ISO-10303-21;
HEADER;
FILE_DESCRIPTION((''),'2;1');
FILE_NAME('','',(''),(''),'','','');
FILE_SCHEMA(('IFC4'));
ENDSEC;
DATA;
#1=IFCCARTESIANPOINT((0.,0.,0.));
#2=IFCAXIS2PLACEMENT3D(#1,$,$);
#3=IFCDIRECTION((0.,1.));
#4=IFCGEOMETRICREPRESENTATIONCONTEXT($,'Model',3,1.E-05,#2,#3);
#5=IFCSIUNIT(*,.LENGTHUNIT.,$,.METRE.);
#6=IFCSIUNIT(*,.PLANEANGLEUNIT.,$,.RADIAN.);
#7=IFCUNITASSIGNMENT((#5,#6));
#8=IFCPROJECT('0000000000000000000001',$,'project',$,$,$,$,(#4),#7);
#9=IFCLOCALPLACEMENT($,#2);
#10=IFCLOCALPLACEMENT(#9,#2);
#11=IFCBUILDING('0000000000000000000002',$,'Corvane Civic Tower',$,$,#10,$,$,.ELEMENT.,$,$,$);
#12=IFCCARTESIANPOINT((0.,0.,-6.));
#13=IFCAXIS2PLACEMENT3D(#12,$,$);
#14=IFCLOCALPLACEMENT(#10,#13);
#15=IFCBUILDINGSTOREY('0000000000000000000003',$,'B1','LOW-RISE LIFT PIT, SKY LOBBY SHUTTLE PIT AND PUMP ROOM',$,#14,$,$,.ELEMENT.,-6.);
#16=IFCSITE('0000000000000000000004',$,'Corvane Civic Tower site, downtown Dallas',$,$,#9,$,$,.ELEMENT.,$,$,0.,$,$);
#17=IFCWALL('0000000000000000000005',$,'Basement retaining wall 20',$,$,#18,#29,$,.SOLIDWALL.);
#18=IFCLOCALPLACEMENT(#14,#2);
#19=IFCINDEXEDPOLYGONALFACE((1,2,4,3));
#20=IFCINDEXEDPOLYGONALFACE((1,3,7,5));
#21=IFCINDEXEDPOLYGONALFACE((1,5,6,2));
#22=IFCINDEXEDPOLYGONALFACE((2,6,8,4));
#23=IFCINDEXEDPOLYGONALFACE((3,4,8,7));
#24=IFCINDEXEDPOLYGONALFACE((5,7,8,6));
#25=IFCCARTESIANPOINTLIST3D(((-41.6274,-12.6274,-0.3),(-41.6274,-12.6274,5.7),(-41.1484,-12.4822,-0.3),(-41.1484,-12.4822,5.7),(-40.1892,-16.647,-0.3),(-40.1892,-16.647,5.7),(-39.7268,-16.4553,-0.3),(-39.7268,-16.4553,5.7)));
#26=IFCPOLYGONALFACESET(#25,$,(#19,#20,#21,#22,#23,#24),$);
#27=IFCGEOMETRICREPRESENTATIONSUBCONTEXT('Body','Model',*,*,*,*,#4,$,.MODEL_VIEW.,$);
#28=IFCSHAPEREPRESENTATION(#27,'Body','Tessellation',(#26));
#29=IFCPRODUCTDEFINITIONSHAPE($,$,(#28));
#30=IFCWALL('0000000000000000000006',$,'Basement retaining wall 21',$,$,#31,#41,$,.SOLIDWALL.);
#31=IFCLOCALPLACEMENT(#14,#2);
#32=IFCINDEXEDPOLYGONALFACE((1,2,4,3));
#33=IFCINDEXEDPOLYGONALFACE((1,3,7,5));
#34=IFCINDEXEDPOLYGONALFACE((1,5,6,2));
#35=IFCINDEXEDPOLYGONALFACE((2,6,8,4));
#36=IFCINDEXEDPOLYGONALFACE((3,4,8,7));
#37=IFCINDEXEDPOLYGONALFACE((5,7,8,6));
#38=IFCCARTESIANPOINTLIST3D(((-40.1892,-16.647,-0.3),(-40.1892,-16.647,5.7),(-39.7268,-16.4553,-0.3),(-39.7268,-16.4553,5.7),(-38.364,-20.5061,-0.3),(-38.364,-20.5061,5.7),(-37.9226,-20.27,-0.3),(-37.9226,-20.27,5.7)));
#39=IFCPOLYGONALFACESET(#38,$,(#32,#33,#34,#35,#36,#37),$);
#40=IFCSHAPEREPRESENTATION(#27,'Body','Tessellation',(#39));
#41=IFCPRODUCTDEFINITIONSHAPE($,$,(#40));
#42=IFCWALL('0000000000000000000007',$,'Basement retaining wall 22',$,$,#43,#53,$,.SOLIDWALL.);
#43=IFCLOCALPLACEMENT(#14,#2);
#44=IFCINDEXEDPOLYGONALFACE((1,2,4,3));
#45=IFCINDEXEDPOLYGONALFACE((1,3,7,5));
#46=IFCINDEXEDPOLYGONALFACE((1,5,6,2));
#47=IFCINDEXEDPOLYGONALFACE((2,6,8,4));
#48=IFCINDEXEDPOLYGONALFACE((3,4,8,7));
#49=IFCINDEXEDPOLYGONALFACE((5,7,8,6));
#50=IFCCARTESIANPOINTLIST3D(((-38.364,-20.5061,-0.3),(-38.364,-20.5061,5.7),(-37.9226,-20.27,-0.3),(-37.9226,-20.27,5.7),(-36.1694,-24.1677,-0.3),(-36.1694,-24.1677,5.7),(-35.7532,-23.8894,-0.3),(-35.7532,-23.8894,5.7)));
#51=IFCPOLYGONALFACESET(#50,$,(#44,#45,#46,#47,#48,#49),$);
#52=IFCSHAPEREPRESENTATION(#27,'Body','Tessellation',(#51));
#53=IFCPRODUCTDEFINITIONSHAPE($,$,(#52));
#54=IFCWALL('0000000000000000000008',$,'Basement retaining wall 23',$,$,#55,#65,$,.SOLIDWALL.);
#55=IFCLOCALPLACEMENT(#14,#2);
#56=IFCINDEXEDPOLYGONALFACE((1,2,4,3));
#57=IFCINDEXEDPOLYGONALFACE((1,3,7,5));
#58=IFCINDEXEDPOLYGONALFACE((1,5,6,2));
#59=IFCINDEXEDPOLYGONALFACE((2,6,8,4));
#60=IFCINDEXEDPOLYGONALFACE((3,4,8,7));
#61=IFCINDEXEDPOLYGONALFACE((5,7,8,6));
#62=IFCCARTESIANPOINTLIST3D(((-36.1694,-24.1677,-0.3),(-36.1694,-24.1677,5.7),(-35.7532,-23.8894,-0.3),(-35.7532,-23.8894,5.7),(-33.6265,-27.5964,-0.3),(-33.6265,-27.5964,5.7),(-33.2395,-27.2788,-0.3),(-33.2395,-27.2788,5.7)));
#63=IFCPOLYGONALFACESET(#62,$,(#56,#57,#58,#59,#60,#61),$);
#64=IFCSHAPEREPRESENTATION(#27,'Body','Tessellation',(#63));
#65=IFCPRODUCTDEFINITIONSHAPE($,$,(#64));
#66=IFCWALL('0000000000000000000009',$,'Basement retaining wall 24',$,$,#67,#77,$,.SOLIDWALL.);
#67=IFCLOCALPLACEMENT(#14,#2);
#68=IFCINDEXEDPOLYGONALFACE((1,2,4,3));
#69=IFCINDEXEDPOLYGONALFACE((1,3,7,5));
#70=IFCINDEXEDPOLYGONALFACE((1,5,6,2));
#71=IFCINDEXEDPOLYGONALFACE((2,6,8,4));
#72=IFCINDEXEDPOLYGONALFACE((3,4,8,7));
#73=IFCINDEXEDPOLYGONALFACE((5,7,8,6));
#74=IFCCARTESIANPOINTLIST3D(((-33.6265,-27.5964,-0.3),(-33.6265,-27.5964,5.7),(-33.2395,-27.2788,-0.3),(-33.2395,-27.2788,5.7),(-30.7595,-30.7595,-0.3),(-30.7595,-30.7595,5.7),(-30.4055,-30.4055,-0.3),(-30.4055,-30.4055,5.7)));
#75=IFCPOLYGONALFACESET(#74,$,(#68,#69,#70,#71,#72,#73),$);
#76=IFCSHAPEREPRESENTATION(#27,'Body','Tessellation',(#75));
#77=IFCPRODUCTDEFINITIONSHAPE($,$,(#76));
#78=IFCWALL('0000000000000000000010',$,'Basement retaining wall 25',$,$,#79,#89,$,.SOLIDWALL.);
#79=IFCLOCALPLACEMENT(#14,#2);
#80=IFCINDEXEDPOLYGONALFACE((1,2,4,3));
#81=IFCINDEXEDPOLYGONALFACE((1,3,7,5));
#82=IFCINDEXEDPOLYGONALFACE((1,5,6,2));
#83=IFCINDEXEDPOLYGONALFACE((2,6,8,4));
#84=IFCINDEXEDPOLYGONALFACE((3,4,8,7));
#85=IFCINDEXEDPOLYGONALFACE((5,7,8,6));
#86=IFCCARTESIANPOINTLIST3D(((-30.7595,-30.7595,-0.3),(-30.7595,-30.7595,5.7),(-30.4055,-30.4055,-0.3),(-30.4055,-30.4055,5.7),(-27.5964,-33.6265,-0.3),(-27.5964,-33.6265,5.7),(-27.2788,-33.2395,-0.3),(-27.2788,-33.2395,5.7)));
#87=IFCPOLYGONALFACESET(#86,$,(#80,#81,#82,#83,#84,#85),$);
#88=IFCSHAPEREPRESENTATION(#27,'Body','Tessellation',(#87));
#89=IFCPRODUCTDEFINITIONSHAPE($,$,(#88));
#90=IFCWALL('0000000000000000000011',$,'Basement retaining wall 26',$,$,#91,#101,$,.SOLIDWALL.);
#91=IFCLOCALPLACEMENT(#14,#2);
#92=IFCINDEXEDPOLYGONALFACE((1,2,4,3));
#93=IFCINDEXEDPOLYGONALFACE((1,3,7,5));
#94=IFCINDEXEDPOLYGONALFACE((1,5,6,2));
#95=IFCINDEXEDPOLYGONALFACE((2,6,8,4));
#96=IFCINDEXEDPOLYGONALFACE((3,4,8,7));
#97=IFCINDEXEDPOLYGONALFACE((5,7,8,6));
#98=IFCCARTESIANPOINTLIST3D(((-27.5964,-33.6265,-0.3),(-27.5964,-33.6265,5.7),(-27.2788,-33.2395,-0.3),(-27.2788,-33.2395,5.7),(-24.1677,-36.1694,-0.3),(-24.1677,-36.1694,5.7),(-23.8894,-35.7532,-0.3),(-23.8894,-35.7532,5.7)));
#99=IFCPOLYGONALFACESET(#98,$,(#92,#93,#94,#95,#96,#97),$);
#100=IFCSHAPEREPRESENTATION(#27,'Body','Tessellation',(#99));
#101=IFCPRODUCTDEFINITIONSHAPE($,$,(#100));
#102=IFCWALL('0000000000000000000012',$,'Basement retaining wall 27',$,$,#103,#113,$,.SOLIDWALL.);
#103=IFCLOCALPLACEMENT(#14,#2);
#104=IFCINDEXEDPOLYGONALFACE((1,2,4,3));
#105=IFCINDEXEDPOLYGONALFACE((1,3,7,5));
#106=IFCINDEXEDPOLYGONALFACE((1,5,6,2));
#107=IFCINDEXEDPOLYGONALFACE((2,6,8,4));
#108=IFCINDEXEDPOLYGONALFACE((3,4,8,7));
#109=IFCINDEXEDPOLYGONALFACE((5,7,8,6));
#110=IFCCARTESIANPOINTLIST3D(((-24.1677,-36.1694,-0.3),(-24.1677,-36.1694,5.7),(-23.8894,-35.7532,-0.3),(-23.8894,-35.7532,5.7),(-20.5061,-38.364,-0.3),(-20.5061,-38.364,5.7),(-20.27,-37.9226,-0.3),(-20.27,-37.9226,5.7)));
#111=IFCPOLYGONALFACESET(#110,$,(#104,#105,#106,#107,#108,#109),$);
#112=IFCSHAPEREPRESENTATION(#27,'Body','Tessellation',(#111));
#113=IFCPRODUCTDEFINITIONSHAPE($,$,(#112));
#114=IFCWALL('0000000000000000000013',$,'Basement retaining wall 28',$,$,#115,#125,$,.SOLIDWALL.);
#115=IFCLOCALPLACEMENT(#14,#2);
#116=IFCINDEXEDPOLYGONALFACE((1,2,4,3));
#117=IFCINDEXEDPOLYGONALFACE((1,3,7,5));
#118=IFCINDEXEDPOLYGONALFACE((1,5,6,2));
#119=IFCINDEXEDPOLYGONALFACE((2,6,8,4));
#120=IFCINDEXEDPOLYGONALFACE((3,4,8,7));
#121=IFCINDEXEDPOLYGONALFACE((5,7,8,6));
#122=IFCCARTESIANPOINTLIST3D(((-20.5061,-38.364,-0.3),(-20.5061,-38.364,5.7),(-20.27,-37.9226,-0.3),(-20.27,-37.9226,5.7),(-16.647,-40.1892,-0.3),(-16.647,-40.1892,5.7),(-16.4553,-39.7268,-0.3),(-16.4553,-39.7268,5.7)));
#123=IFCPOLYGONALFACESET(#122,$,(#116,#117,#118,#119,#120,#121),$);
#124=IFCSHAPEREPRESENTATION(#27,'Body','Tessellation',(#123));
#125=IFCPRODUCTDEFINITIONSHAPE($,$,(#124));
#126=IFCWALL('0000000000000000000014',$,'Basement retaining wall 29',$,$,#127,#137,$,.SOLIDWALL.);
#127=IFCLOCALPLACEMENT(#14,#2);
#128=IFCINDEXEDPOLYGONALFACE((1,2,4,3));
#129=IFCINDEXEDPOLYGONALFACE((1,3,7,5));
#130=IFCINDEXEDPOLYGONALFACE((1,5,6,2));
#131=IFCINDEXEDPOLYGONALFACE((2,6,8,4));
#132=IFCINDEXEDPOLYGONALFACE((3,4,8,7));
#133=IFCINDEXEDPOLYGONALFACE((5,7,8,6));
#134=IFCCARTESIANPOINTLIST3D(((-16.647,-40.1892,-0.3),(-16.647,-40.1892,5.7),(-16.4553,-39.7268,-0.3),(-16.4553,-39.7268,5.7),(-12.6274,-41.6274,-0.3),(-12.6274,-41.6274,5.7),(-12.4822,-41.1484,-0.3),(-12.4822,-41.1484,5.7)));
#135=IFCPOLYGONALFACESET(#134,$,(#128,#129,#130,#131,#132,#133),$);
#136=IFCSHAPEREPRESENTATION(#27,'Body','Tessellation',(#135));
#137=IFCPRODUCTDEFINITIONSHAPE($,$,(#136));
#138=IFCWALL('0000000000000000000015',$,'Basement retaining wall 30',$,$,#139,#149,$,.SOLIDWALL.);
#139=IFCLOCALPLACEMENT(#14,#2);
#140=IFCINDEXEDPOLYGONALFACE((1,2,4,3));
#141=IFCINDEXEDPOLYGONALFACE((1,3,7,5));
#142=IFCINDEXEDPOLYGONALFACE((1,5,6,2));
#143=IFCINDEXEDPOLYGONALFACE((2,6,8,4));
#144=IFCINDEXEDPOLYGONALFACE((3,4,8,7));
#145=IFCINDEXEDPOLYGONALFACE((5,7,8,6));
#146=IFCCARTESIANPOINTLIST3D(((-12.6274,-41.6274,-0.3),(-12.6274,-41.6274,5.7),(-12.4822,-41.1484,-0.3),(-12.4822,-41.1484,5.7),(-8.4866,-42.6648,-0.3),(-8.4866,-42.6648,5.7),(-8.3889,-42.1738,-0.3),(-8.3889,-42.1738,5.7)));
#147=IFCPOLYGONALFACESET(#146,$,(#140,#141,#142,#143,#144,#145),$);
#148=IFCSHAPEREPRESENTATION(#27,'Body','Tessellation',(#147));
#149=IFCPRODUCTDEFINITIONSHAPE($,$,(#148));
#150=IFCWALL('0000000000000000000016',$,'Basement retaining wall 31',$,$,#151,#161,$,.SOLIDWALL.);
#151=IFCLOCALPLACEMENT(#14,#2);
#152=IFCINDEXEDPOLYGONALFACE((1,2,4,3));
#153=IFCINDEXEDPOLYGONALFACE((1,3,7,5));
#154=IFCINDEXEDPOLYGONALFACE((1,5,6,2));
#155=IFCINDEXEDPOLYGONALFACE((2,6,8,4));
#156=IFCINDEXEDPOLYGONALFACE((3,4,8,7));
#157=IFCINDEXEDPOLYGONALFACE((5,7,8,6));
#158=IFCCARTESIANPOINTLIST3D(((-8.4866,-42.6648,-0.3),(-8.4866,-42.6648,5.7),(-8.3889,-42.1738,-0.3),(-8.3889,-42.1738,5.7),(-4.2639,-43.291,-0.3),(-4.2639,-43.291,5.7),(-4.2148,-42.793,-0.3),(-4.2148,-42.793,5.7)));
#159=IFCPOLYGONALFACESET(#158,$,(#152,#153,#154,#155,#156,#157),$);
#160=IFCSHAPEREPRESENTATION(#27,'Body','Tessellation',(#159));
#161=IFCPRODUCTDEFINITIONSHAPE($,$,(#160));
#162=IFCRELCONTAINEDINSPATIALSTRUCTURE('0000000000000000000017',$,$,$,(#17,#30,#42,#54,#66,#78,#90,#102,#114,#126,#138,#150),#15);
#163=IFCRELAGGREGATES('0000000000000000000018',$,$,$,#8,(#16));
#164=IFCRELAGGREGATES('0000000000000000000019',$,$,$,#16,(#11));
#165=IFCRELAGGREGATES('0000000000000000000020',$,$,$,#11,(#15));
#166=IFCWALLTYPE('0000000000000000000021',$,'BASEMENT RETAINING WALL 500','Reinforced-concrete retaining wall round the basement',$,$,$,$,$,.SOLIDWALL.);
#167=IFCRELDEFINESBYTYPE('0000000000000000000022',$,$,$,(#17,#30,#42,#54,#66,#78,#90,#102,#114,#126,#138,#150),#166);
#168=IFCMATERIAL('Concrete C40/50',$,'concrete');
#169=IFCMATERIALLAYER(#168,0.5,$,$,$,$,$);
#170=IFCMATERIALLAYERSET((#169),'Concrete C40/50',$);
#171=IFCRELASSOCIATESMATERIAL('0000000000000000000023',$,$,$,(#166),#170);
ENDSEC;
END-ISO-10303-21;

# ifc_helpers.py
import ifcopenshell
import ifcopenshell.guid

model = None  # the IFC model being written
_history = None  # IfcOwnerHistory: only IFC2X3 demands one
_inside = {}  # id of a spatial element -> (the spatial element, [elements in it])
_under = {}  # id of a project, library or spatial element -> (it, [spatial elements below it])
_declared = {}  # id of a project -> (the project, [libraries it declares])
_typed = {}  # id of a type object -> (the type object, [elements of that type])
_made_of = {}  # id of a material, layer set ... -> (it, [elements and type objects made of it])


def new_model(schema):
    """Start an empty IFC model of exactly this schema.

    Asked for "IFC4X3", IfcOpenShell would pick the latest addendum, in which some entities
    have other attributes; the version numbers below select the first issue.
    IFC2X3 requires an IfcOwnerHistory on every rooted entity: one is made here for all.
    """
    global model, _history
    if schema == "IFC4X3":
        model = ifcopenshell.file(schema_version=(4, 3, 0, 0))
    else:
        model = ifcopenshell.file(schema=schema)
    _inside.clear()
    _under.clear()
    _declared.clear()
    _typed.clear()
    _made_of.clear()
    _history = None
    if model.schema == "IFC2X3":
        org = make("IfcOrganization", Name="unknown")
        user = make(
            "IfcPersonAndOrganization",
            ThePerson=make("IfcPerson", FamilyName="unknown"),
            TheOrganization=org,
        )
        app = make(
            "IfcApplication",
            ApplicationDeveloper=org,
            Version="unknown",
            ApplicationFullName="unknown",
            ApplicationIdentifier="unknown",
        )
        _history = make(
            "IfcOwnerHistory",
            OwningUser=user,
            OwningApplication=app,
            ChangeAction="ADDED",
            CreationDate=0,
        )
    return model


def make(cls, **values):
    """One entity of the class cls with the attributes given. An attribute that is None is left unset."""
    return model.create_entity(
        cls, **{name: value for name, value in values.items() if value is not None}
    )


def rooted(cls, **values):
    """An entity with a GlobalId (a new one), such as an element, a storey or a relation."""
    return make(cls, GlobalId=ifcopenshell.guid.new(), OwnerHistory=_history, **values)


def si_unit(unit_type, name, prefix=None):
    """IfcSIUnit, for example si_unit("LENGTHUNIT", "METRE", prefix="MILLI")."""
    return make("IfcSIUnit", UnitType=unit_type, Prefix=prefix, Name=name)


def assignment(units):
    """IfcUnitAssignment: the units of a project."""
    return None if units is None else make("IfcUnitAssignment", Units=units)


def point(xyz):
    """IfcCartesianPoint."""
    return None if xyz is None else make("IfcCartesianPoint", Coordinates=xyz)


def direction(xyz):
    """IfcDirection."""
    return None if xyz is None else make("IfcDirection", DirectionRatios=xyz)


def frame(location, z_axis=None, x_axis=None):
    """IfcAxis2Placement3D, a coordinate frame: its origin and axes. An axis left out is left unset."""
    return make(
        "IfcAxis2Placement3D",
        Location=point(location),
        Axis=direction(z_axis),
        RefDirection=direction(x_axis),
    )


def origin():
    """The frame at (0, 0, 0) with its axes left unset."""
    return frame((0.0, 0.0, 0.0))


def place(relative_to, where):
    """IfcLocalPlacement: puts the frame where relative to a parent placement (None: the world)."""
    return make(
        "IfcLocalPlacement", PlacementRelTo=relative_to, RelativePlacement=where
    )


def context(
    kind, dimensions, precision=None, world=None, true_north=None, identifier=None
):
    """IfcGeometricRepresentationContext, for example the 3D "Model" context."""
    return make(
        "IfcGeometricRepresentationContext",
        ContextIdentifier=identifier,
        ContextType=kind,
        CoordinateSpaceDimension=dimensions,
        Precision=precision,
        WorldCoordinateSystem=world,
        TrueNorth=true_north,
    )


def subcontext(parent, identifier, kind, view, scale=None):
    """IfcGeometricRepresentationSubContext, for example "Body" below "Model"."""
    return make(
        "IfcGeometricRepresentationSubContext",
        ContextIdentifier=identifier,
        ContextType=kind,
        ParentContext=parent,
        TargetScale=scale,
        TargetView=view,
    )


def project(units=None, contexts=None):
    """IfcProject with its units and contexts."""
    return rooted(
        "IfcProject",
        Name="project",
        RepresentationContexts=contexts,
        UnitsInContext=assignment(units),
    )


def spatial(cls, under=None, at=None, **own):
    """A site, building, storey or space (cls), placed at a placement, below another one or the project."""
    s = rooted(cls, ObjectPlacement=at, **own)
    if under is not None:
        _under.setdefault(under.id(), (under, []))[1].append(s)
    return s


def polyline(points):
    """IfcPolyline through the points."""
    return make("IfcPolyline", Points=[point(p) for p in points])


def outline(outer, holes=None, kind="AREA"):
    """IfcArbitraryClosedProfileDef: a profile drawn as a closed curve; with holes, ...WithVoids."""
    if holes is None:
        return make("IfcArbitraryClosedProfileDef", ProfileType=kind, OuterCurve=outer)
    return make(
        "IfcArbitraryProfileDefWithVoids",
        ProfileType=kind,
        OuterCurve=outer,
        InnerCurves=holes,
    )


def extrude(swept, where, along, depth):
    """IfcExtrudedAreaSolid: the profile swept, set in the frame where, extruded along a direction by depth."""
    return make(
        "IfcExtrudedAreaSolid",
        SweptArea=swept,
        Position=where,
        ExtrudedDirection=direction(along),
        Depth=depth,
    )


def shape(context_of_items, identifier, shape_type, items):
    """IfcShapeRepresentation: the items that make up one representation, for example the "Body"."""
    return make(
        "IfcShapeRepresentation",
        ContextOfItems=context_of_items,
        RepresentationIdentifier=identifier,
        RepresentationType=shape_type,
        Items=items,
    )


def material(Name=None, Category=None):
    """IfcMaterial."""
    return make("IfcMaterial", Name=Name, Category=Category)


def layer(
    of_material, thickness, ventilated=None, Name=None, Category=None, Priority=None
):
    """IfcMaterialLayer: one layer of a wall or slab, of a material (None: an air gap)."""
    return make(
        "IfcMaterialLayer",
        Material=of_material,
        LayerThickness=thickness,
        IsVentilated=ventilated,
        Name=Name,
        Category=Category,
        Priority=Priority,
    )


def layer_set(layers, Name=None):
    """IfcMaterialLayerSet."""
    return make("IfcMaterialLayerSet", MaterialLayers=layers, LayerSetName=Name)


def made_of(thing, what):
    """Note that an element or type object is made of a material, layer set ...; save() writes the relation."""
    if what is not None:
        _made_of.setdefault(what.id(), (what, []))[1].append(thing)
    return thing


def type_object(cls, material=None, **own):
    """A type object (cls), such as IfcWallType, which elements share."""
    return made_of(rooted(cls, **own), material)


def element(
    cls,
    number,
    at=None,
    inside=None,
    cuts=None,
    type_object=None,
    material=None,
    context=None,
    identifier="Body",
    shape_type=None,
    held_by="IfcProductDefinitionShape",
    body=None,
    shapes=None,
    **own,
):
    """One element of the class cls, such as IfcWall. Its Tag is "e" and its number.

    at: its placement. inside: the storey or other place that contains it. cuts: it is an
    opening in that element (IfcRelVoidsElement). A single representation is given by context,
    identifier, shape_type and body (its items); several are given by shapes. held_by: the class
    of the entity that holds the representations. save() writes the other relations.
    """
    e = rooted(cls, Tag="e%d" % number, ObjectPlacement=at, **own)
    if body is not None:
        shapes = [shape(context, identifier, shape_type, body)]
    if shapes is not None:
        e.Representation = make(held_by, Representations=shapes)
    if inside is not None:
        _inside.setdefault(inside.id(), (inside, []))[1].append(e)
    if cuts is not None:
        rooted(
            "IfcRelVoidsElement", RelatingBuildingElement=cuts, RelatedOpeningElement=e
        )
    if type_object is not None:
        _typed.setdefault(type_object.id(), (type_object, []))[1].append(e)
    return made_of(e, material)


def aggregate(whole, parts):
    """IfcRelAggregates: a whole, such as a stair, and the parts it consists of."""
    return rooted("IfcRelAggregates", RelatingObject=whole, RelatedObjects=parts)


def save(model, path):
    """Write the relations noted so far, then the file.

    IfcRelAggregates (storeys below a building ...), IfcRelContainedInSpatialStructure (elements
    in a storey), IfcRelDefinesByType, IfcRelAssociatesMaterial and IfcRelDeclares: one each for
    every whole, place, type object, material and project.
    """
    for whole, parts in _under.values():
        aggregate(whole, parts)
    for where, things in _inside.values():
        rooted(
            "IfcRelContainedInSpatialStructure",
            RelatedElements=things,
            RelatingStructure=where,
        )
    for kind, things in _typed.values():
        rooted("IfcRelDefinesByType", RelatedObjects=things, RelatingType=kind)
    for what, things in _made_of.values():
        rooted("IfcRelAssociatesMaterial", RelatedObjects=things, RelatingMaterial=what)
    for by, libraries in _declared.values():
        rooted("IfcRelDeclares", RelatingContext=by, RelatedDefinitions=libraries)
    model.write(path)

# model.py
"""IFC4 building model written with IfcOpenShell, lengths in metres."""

from ifc_helpers import new_model, si_unit, direction, frame, origin, place, context, subcontext, project, spatial, polyline, outline, extrude, material, layer, layer_set, type_object, element, save


model = new_model("IFC4")

# Units and contexts
model_context = context("Model", 3, precision=1e-05, world=origin(), true_north=direction((0.0, 1.0)))
body_context = subcontext(model_context, "Body", "Model", "MODEL_VIEW")
ifc_project = project(units=[si_unit("LENGTHUNIT", "METRE"), si_unit("PLANEANGLEUNIT", "RADIAN")], contexts=[model_context])

# Site, building, storey
site_placement = place(None, origin())
site = spatial("IfcSite", under=ifc_project, at=site_placement, Name="Corvane Civic Tower site, downtown Dallas", CompositionType="ELEMENT", RefElevation=0.0)
building_placement = place(site_placement, origin())
building = spatial("IfcBuilding", under=site, at=building_placement, Name="Corvane Civic Tower", CompositionType="ELEMENT")
storey_placement = place(building_placement, frame((0.0, 0.0, -6.0)))
storey = spatial("IfcBuildingStorey", under=building, at=storey_placement, Name="B1", Description="LOW-RISE LIFT PIT, SKY LOBBY SHUTTLE PIT AND PUMP ROOM", CompositionType="ELEMENT", Elevation=-6.0)

# Walls
ifc_material_1 = material(Name="Concrete C40/50", Category="concrete")
ifc_layer = layer(ifc_material_1, 0.5)
ifc_layer_set = layer_set([ifc_layer], Name="Concrete C40/50")
wall_type = type_object("IfcWallType", Name="BASEMENT RETAINING WALL 500", Description="Reinforced-concrete retaining wall round the basement", PredefinedType="SOLIDWALL", material=ifc_layer_set)
wall_1_placement = place(storey_placement, frame((0.0, 0.0, -0.3)))
element("IfcWall", 1, at=wall_1_placement, inside=storey, type_object=wall_type, Name="Basement retaining wall 20", PredefinedType="SOLIDWALL", context=body_context, shape_type="SweptSolid", body=[
    extrude(outline(polyline([(-41.1484, -12.4822), (-39.7268, -16.4553), (-40.1892, -16.647), (-41.6274, -12.6274), (-41.1484, -12.4822)])), origin(), (0.0, 0.0, 1.0), 6.0),
])
wall_2_placement = place(storey_placement, frame((0.0, 0.0, -0.3)))
element("IfcWall", 2, at=wall_2_placement, inside=storey, type_object=wall_type, Name="Basement retaining wall 21", PredefinedType="SOLIDWALL", context=body_context, shape_type="SweptSolid", body=[
    extrude(outline(polyline([(-39.7268, -16.4553), (-37.9226, -20.27), (-38.364, -20.5061), (-40.1892, -16.647), (-39.7268, -16.4553)])), origin(), (0.0, 0.0, 1.0), 6.0),
])
wall_3_placement = place(storey_placement, frame((0.0, 0.0, -0.3)))
element("IfcWall", 3, at=wall_3_placement, inside=storey, type_object=wall_type, Name="Basement retaining wall 22", PredefinedType="SOLIDWALL", context=body_context, shape_type="SweptSolid", body=[
    extrude(outline(polyline([(-37.9226, -20.27), (-35.7532, -23.8894), (-36.1694, -24.1677), (-38.364, -20.5061), (-37.9226, -20.27)])), origin(), (0.0, 0.0, 1.0), 6.0),
])
wall_4_placement = place(storey_placement, frame((0.0, 0.0, -0.3)))
element("IfcWall", 4, at=wall_4_placement, inside=storey, type_object=wall_type, Name="Basement retaining wall 23", PredefinedType="SOLIDWALL", context=body_context, shape_type="SweptSolid", body=[
    extrude(outline(polyline([(-35.7532, -23.8894), (-33.2395, -27.2788), (-33.6265, -27.5964), (-36.1694, -24.1677), (-35.7532, -23.8894)])), origin(), (0.0, 0.0, 1.0), 6.0),
])
wall_5_placement = place(storey_placement, frame((0.0, 0.0, -0.3)))
element("IfcWall", 5, at=wall_5_placement, inside=storey, type_object=wall_type, Name="Basement retaining wall 24", PredefinedType="SOLIDWALL", context=body_context, shape_type="SweptSolid", body=[
    extrude(outline(polyline([(-33.2395, -27.2788), (-30.4055, -30.4055), (-30.7595, -30.7595), (-33.6265, -27.5964), (-33.2395, -27.2788)])), origin(), (0.0, 0.0, 1.0), 6.0),
])
wall_6_placement = place(storey_placement, frame((0.0, 0.0, -0.3)))
element("IfcWall", 6, at=wall_6_placement, inside=storey, type_object=wall_type, Name="Basement retaining wall 25", PredefinedType="SOLIDWALL", context=body_context, shape_type="SweptSolid", body=[
    extrude(outline(polyline([(-30.4055, -30.4055), (-27.2788, -33.2395), (-27.5964, -33.6265), (-30.7595, -30.7595), (-30.4055, -30.4055)])), origin(), (0.0, 0.0, 1.0), 6.0),
])
wall_7_placement = place(storey_placement, frame((0.0, 0.0, -0.3)))
element("IfcWall", 7, at=wall_7_placement, inside=storey, type_object=wall_type, Name="Basement retaining wall 26", PredefinedType="SOLIDWALL", context=body_context, shape_type="SweptSolid", body=[
    extrude(outline(polyline([(-27.2788, -33.2395), (-23.8894, -35.7532), (-24.1677, -36.1694), (-27.5964, -33.6265), (-27.2788, -33.2395)])), origin(), (0.0, 0.0, 1.0), 6.0),
])
wall_8_placement = place(storey_placement, frame((0.0, 0.0, -0.3)))
element("IfcWall", 8, at=wall_8_placement, inside=storey, type_object=wall_type, Name="Basement retaining wall 27", PredefinedType="SOLIDWALL", context=body_context, shape_type="SweptSolid", body=[
    extrude(outline(polyline([(-23.8894, -35.7532), (-20.27, -37.9226), (-20.5061, -38.364), (-24.1677, -36.1694), (-23.8894, -35.7532)])), origin(), (0.0, 0.0, 1.0), 6.0),
])
wall_9_placement = place(storey_placement, frame((0.0, 0.0, -0.3)))
element("IfcWall", 9, at=wall_9_placement, inside=storey, type_object=wall_type, Name="Basement retaining wall 28", PredefinedType="SOLIDWALL", context=body_context, shape_type="SweptSolid", body=[
    extrude(outline(polyline([(-20.27, -37.9226), (-16.4553, -39.7268), (-16.647, -40.1892), (-20.5061, -38.364), (-20.27, -37.9226)])), origin(), (0.0, 0.0, 1.0), 6.0),
])
wall_10_placement = place(storey_placement, frame((0.0, 0.0, -0.3)))
element("IfcWall", 10, at=wall_10_placement, inside=storey, type_object=wall_type, Name="Basement retaining wall 29", PredefinedType="SOLIDWALL", context=body_context, shape_type="SweptSolid", body=[
    extrude(outline(polyline([(-16.4553, -39.7268), (-12.4822, -41.1484), (-12.6274, -41.6274), (-16.647, -40.1892), (-16.4553, -39.7268)])), origin(), (0.0, 0.0, 1.0), 6.0),
])
wall_11_placement = place(storey_placement, frame((0.0, 0.0, -0.3)))
element("IfcWall", 11, at=wall_11_placement, inside=storey, type_object=wall_type, Name="Basement retaining wall 30", PredefinedType="SOLIDWALL", context=body_context, shape_type="SweptSolid", body=[
    extrude(outline(polyline([(-12.4822, -41.1484), (-8.3889, -42.1738), (-8.4866, -42.6648), (-12.6274, -41.6274), (-12.4822, -41.1484)])), origin(), (0.0, 0.0, 1.0), 6.0),
])
wall_12_placement = place(storey_placement, frame((0.0, 0.0, -0.3)))
element("IfcWall", 12, at=wall_12_placement, inside=storey, type_object=wall_type, Name="Basement retaining wall 31", PredefinedType="SOLIDWALL", context=body_context, shape_type="SweptSolid", body=[
    extrude(outline(polyline([(-8.3889, -42.1738), (-4.2148, -42.793), (-4.2639, -43.291), (-8.4866, -42.6648), (-8.3889, -42.1738)])), origin(), (0.0, 0.0, 1.0), 6.0),
])

save(model, "model.ifc")
